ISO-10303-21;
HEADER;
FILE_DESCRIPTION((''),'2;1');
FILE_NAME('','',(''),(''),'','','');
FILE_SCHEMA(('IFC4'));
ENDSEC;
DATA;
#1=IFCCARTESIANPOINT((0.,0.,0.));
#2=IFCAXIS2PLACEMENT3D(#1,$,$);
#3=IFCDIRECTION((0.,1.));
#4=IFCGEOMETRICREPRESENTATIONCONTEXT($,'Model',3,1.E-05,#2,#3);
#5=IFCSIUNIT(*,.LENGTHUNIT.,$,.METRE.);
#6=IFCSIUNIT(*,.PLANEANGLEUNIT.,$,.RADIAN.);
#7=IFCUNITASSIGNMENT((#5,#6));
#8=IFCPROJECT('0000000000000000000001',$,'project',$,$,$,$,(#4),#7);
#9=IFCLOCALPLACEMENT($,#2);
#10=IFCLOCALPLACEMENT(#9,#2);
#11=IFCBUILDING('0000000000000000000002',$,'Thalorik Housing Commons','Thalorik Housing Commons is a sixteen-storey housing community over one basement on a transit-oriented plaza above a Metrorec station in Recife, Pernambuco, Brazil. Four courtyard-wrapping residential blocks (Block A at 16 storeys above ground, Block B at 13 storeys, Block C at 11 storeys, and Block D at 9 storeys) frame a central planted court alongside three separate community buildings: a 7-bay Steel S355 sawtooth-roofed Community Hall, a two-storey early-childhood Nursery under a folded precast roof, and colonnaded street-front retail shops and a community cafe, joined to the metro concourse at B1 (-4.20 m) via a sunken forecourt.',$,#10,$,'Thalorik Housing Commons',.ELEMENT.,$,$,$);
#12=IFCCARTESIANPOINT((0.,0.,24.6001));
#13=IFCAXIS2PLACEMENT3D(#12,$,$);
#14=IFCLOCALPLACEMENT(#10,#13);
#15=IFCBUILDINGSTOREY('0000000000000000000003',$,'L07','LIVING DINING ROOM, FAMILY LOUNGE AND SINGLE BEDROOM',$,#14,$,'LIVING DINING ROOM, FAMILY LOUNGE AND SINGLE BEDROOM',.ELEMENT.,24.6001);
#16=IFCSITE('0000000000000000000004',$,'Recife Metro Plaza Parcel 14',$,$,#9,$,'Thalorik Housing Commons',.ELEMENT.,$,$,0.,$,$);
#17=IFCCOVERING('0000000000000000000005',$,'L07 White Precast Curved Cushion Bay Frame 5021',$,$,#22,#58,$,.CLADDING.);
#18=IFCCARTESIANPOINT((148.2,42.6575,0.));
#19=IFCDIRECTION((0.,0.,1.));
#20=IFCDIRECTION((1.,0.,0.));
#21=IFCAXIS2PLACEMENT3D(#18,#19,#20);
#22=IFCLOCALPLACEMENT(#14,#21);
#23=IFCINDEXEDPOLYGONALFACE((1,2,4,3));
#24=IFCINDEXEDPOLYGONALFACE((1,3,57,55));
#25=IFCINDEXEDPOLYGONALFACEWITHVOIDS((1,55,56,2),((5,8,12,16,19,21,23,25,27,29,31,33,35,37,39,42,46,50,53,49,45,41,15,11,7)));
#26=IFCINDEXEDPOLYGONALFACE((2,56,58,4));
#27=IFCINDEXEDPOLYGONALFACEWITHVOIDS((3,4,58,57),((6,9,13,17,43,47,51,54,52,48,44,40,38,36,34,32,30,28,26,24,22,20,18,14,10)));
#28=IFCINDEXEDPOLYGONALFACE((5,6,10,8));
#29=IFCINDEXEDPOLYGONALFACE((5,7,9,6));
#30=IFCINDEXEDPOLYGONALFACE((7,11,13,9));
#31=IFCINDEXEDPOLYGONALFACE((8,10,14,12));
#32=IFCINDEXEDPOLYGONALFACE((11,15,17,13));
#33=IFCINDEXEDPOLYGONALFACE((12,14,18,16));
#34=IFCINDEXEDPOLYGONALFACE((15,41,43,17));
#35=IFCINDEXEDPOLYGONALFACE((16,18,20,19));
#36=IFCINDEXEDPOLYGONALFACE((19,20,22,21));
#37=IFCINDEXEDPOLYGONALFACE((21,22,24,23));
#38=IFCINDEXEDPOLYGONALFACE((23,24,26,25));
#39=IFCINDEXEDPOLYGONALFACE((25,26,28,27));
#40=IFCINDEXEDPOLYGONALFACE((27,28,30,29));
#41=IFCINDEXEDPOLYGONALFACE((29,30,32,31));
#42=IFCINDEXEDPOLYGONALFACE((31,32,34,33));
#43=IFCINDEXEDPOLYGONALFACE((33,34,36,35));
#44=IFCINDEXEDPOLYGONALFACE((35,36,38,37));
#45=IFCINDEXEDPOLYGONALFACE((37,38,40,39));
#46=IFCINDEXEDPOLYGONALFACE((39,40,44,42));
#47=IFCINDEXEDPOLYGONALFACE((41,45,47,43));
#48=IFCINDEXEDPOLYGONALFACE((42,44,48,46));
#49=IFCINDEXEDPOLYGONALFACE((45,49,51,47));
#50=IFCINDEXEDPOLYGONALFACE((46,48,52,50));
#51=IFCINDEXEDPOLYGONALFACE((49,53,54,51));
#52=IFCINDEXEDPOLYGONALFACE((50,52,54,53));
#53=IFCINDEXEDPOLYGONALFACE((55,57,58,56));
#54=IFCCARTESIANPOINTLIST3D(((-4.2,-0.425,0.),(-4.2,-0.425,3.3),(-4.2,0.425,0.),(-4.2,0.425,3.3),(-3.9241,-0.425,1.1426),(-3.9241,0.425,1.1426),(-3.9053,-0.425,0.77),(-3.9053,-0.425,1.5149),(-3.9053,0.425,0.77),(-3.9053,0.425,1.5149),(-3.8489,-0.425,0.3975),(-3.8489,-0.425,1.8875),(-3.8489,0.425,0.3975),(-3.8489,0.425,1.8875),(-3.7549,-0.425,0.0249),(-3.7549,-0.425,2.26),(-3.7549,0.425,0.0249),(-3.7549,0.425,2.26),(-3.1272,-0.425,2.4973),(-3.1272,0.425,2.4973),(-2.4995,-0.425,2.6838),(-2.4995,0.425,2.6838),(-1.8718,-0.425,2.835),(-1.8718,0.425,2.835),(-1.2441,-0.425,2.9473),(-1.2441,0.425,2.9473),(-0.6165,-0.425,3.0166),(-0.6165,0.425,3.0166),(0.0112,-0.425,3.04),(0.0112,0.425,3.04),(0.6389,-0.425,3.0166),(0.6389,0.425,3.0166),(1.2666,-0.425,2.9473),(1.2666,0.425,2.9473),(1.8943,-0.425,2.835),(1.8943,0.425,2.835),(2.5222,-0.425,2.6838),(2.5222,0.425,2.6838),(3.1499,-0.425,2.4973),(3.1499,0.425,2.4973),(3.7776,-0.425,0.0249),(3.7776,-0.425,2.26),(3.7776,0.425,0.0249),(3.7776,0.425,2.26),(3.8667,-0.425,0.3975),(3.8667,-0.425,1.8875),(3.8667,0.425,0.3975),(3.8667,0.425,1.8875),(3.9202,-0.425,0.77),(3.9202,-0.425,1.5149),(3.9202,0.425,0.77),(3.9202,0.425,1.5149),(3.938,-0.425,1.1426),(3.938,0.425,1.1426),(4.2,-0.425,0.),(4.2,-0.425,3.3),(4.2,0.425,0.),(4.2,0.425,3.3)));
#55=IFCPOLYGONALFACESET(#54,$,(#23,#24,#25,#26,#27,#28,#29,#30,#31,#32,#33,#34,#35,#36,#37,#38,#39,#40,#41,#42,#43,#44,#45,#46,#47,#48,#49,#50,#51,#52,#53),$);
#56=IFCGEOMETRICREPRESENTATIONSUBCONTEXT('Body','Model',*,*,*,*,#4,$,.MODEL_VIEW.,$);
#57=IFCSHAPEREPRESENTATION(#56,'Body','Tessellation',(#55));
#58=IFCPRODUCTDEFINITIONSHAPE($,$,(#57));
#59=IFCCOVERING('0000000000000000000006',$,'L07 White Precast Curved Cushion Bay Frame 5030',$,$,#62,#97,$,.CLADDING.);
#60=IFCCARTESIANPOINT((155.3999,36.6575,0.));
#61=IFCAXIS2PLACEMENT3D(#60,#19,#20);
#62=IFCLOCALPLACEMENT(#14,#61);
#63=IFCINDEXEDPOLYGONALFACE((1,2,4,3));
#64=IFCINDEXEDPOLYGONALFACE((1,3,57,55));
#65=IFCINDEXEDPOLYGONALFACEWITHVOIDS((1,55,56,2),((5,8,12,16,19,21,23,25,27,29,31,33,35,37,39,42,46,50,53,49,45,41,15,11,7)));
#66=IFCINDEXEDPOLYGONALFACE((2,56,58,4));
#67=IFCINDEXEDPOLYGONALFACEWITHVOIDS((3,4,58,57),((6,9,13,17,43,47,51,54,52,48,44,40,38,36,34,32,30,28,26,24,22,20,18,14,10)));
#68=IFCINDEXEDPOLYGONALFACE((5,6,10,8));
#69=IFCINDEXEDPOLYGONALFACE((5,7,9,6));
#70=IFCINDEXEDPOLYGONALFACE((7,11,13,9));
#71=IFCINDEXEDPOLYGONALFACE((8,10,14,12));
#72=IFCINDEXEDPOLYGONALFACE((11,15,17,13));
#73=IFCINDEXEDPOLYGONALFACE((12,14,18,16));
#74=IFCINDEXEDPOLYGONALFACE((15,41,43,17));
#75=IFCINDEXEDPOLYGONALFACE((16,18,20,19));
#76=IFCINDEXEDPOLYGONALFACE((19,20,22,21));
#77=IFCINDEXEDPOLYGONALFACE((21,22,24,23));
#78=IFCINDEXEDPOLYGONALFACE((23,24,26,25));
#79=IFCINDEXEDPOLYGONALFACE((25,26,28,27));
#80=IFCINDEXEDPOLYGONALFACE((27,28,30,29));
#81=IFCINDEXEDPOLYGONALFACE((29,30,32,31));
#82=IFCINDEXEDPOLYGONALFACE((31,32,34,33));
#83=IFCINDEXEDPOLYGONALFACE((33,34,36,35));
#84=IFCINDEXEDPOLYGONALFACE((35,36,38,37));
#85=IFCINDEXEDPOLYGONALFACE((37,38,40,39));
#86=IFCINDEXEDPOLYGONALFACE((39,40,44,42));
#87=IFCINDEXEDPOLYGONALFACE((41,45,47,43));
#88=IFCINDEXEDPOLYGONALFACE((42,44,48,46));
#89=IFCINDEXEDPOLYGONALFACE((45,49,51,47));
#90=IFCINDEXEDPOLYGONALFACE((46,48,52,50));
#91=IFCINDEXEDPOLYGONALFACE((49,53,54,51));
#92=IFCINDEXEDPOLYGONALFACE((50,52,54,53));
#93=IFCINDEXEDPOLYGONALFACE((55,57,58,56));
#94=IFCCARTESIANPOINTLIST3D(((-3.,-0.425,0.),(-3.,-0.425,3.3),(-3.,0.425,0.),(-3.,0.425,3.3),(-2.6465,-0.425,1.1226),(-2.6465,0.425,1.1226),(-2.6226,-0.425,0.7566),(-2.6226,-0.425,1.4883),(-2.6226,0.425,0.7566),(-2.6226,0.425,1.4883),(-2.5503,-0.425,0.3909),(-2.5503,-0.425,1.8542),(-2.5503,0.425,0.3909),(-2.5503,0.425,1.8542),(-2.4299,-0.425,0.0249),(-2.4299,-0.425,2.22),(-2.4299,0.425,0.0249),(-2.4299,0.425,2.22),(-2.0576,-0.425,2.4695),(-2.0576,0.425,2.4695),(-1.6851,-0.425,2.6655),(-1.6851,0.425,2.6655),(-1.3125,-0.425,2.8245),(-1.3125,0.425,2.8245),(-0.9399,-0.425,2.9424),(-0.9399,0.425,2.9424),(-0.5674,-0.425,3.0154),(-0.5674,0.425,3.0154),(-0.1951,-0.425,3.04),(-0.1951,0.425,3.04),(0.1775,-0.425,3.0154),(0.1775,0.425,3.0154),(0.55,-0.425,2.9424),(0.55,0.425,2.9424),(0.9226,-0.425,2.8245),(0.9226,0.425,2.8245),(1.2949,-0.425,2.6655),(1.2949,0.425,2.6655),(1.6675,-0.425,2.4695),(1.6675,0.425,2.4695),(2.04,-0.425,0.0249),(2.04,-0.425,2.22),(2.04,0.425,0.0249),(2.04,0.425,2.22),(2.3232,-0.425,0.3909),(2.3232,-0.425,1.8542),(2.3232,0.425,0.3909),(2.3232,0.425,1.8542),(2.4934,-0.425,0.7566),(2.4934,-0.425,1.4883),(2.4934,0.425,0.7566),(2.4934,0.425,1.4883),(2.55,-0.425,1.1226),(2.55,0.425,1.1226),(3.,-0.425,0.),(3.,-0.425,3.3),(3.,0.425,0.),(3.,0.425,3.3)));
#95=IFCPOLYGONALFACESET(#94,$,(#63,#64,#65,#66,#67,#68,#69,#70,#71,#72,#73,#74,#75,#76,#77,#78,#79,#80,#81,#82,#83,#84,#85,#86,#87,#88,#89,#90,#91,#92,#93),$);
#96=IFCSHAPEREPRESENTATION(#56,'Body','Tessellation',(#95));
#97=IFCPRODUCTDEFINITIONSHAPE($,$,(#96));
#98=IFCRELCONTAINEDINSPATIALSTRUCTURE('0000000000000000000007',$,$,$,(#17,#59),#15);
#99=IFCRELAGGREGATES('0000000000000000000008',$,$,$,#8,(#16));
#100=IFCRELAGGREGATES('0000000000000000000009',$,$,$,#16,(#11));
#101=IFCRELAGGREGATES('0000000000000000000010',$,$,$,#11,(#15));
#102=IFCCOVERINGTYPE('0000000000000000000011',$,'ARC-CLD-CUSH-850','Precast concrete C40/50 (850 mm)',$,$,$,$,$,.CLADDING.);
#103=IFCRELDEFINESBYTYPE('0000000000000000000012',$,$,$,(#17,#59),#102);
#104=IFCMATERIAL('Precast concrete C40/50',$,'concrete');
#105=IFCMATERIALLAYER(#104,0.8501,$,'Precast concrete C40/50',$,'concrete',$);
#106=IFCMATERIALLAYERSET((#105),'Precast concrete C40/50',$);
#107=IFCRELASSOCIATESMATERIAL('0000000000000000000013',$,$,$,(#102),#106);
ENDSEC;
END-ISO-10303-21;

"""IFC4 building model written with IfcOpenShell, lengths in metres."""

from ifc_helpers import new_model, si_unit, direction, frame, origin, place, context, subcontext, project, spatial, polyline, outline, extrude, material, layer, layer_set, type_object, element, save


model = new_model("IFC4")

# Units and contexts
model_context = context("Model", 3, precision=1e-05, world=origin(), true_north=direction((0.0, 1.0)))
body_context = subcontext(model_context, "Body", "Model", "MODEL_VIEW")
ifc_project = project(units=[si_unit("LENGTHUNIT", "METRE"), si_unit("PLANEANGLEUNIT", "RADIAN")], contexts=[model_context])

# Site, building, storey
site_placement = place(None, origin())
site = spatial("IfcSite", under=ifc_project, at=site_placement, Name="Recife Metro Plaza Parcel 14", LongName="Thalorik Housing Commons", CompositionType="ELEMENT", RefElevation=0.0)
building_placement = place(site_placement, origin())
building = spatial("IfcBuilding", under=site, at=building_placement, Name="Thalorik Housing Commons", Description="Thalorik Housing Commons is a sixteen-storey housing community over one basement on a transit-oriented plaza above a Metrorec station in Recife, Pernambuco, Brazil. Four courtyard-wrapping residential blocks (Block A at 16 storeys above ground, Block B at 13 storeys, Block C at 11 storeys, and Block D at 9 storeys) frame a central planted court alongside three separate community buildings: a 7-bay Steel S355 sawtooth-roofed Community Hall, a two-storey early-childhood Nursery under a folded precast roof, and colonnaded street-front retail shops and a community cafe, joined to the metro concourse at B1 (-4.20 m) via a sunken forecourt.", LongName="Thalorik Housing Commons", CompositionType="ELEMENT")
storey_placement = place(building_placement, frame((0.0, 0.0, 24.6001)))
storey = spatial("IfcBuildingStorey", under=building, at=storey_placement, Name="L07", Description="LIVING DINING ROOM, FAMILY LOUNGE AND SINGLE BEDROOM", LongName="LIVING DINING ROOM, FAMILY LOUNGE AND SINGLE BEDROOM", CompositionType="ELEMENT", Elevation=24.6001)

# Shared definitions
ifc_material_1 = material(Name="Precast concrete C40/50", Category="concrete")

# Coverings
ifc_layer_1 = layer(ifc_material_1, 0.8501, Name="Precast concrete C40/50", Category="concrete")
ifc_layer_set_1 = layer_set([ifc_layer_1], Name="Precast concrete C40/50")
covering_type_1 = type_object("IfcCoveringType", Name="ARC-CLD-CUSH-850", Description="Precast concrete C40/50 (850 mm)", PredefinedType="CLADDING", material=ifc_layer_set_1)
covering_1_placement = place(storey_placement, frame((148.2, 42.6575, 0.0), z_axis=(0.0, 0.0, 1.0), x_axis=(1.0, 0.0, 0.0)))
element("IfcCovering", 1, at=covering_1_placement, inside=storey, type_object=covering_type_1, Name="L07 White Precast Curved Cushion Bay Frame 5021", PredefinedType="CLADDING", context=body_context, shape_type="SweptSolid", body=[
    extrude(outline(polyline([(-4.2, 0.0), (4.2, 0.0), (4.2, 3.3), (-4.2, 3.3), (-4.2, 0.0)]), holes=[polyline([(3.7776, 0.0249), (3.8667, 0.3975), (3.9202, 0.77), (3.938, 1.1426), (3.9202, 1.5149), (3.8667, 1.8875), (3.7776, 2.26), (3.1499, 2.4973), (2.5222, 2.6838), (1.8943, 2.835), (1.2666, 2.9473), (0.6389, 3.0166), (0.0112, 3.04), (-0.6165, 3.0166), (-1.2441, 2.9473), (-1.8718, 2.835), (-2.4995, 2.6838), (-3.1272, 2.4973), (-3.7549, 2.26), (-3.8489, 1.8875), (-3.9053, 1.5149), (-3.9241, 1.1426), (-3.9053, 0.77), (-3.8489, 0.3975), (-3.7549, 0.0249), (3.7776, 0.0249)])]), frame((0.0, 0.425, 0.0), z_axis=(0.0, -1.0, 0.0), x_axis=(1.0, 0.0, 0.0)), (0.0, 0.0, 1.0), 0.8501),
])
covering_2_placement = place(storey_placement, frame((155.3999, 36.6575, 0.0), z_axis=(0.0, 0.0, 1.0), x_axis=(1.0, 0.0, 0.0)))
element("IfcCovering", 2, at=covering_2_placement, inside=storey, type_object=covering_type_1, Name="L07 White Precast Curved Cushion Bay Frame 5030", PredefinedType="CLADDING", context=body_context, shape_type="SweptSolid", body=[
    extrude(outline(polyline([(-3.0, 0.0), (3.0, 0.0), (3.0, 3.3), (-3.0, 3.3), (-3.0, 0.0)]), holes=[polyline([(2.04, 0.0249), (2.3232, 0.3909), (2.4934, 0.7566), (2.55, 1.1226), (2.4934, 1.4883), (2.3232, 1.8542), (2.04, 2.22), (1.6675, 2.4695), (1.2949, 2.6655), (0.9226, 2.8245), (0.55, 2.9424), (0.1775, 3.0154), (-0.1951, 3.04), (-0.5674, 3.0154), (-0.9399, 2.9424), (-1.3125, 2.8245), (-1.6851, 2.6655), (-2.0576, 2.4695), (-2.4299, 2.22), (-2.5503, 1.8542), (-2.6226, 1.4883), (-2.6465, 1.1226), (-2.6226, 0.7566), (-2.5503, 0.3909), (-2.4299, 0.0249), (2.04, 0.0249)])]), frame((0.0, 0.425, 0.0), z_axis=(0.0, -1.0, 0.0), x_axis=(1.0, 0.0, 0.0)), (0.0, 0.0, 1.0), 0.8501),
])

save(model, "model.ifc")
